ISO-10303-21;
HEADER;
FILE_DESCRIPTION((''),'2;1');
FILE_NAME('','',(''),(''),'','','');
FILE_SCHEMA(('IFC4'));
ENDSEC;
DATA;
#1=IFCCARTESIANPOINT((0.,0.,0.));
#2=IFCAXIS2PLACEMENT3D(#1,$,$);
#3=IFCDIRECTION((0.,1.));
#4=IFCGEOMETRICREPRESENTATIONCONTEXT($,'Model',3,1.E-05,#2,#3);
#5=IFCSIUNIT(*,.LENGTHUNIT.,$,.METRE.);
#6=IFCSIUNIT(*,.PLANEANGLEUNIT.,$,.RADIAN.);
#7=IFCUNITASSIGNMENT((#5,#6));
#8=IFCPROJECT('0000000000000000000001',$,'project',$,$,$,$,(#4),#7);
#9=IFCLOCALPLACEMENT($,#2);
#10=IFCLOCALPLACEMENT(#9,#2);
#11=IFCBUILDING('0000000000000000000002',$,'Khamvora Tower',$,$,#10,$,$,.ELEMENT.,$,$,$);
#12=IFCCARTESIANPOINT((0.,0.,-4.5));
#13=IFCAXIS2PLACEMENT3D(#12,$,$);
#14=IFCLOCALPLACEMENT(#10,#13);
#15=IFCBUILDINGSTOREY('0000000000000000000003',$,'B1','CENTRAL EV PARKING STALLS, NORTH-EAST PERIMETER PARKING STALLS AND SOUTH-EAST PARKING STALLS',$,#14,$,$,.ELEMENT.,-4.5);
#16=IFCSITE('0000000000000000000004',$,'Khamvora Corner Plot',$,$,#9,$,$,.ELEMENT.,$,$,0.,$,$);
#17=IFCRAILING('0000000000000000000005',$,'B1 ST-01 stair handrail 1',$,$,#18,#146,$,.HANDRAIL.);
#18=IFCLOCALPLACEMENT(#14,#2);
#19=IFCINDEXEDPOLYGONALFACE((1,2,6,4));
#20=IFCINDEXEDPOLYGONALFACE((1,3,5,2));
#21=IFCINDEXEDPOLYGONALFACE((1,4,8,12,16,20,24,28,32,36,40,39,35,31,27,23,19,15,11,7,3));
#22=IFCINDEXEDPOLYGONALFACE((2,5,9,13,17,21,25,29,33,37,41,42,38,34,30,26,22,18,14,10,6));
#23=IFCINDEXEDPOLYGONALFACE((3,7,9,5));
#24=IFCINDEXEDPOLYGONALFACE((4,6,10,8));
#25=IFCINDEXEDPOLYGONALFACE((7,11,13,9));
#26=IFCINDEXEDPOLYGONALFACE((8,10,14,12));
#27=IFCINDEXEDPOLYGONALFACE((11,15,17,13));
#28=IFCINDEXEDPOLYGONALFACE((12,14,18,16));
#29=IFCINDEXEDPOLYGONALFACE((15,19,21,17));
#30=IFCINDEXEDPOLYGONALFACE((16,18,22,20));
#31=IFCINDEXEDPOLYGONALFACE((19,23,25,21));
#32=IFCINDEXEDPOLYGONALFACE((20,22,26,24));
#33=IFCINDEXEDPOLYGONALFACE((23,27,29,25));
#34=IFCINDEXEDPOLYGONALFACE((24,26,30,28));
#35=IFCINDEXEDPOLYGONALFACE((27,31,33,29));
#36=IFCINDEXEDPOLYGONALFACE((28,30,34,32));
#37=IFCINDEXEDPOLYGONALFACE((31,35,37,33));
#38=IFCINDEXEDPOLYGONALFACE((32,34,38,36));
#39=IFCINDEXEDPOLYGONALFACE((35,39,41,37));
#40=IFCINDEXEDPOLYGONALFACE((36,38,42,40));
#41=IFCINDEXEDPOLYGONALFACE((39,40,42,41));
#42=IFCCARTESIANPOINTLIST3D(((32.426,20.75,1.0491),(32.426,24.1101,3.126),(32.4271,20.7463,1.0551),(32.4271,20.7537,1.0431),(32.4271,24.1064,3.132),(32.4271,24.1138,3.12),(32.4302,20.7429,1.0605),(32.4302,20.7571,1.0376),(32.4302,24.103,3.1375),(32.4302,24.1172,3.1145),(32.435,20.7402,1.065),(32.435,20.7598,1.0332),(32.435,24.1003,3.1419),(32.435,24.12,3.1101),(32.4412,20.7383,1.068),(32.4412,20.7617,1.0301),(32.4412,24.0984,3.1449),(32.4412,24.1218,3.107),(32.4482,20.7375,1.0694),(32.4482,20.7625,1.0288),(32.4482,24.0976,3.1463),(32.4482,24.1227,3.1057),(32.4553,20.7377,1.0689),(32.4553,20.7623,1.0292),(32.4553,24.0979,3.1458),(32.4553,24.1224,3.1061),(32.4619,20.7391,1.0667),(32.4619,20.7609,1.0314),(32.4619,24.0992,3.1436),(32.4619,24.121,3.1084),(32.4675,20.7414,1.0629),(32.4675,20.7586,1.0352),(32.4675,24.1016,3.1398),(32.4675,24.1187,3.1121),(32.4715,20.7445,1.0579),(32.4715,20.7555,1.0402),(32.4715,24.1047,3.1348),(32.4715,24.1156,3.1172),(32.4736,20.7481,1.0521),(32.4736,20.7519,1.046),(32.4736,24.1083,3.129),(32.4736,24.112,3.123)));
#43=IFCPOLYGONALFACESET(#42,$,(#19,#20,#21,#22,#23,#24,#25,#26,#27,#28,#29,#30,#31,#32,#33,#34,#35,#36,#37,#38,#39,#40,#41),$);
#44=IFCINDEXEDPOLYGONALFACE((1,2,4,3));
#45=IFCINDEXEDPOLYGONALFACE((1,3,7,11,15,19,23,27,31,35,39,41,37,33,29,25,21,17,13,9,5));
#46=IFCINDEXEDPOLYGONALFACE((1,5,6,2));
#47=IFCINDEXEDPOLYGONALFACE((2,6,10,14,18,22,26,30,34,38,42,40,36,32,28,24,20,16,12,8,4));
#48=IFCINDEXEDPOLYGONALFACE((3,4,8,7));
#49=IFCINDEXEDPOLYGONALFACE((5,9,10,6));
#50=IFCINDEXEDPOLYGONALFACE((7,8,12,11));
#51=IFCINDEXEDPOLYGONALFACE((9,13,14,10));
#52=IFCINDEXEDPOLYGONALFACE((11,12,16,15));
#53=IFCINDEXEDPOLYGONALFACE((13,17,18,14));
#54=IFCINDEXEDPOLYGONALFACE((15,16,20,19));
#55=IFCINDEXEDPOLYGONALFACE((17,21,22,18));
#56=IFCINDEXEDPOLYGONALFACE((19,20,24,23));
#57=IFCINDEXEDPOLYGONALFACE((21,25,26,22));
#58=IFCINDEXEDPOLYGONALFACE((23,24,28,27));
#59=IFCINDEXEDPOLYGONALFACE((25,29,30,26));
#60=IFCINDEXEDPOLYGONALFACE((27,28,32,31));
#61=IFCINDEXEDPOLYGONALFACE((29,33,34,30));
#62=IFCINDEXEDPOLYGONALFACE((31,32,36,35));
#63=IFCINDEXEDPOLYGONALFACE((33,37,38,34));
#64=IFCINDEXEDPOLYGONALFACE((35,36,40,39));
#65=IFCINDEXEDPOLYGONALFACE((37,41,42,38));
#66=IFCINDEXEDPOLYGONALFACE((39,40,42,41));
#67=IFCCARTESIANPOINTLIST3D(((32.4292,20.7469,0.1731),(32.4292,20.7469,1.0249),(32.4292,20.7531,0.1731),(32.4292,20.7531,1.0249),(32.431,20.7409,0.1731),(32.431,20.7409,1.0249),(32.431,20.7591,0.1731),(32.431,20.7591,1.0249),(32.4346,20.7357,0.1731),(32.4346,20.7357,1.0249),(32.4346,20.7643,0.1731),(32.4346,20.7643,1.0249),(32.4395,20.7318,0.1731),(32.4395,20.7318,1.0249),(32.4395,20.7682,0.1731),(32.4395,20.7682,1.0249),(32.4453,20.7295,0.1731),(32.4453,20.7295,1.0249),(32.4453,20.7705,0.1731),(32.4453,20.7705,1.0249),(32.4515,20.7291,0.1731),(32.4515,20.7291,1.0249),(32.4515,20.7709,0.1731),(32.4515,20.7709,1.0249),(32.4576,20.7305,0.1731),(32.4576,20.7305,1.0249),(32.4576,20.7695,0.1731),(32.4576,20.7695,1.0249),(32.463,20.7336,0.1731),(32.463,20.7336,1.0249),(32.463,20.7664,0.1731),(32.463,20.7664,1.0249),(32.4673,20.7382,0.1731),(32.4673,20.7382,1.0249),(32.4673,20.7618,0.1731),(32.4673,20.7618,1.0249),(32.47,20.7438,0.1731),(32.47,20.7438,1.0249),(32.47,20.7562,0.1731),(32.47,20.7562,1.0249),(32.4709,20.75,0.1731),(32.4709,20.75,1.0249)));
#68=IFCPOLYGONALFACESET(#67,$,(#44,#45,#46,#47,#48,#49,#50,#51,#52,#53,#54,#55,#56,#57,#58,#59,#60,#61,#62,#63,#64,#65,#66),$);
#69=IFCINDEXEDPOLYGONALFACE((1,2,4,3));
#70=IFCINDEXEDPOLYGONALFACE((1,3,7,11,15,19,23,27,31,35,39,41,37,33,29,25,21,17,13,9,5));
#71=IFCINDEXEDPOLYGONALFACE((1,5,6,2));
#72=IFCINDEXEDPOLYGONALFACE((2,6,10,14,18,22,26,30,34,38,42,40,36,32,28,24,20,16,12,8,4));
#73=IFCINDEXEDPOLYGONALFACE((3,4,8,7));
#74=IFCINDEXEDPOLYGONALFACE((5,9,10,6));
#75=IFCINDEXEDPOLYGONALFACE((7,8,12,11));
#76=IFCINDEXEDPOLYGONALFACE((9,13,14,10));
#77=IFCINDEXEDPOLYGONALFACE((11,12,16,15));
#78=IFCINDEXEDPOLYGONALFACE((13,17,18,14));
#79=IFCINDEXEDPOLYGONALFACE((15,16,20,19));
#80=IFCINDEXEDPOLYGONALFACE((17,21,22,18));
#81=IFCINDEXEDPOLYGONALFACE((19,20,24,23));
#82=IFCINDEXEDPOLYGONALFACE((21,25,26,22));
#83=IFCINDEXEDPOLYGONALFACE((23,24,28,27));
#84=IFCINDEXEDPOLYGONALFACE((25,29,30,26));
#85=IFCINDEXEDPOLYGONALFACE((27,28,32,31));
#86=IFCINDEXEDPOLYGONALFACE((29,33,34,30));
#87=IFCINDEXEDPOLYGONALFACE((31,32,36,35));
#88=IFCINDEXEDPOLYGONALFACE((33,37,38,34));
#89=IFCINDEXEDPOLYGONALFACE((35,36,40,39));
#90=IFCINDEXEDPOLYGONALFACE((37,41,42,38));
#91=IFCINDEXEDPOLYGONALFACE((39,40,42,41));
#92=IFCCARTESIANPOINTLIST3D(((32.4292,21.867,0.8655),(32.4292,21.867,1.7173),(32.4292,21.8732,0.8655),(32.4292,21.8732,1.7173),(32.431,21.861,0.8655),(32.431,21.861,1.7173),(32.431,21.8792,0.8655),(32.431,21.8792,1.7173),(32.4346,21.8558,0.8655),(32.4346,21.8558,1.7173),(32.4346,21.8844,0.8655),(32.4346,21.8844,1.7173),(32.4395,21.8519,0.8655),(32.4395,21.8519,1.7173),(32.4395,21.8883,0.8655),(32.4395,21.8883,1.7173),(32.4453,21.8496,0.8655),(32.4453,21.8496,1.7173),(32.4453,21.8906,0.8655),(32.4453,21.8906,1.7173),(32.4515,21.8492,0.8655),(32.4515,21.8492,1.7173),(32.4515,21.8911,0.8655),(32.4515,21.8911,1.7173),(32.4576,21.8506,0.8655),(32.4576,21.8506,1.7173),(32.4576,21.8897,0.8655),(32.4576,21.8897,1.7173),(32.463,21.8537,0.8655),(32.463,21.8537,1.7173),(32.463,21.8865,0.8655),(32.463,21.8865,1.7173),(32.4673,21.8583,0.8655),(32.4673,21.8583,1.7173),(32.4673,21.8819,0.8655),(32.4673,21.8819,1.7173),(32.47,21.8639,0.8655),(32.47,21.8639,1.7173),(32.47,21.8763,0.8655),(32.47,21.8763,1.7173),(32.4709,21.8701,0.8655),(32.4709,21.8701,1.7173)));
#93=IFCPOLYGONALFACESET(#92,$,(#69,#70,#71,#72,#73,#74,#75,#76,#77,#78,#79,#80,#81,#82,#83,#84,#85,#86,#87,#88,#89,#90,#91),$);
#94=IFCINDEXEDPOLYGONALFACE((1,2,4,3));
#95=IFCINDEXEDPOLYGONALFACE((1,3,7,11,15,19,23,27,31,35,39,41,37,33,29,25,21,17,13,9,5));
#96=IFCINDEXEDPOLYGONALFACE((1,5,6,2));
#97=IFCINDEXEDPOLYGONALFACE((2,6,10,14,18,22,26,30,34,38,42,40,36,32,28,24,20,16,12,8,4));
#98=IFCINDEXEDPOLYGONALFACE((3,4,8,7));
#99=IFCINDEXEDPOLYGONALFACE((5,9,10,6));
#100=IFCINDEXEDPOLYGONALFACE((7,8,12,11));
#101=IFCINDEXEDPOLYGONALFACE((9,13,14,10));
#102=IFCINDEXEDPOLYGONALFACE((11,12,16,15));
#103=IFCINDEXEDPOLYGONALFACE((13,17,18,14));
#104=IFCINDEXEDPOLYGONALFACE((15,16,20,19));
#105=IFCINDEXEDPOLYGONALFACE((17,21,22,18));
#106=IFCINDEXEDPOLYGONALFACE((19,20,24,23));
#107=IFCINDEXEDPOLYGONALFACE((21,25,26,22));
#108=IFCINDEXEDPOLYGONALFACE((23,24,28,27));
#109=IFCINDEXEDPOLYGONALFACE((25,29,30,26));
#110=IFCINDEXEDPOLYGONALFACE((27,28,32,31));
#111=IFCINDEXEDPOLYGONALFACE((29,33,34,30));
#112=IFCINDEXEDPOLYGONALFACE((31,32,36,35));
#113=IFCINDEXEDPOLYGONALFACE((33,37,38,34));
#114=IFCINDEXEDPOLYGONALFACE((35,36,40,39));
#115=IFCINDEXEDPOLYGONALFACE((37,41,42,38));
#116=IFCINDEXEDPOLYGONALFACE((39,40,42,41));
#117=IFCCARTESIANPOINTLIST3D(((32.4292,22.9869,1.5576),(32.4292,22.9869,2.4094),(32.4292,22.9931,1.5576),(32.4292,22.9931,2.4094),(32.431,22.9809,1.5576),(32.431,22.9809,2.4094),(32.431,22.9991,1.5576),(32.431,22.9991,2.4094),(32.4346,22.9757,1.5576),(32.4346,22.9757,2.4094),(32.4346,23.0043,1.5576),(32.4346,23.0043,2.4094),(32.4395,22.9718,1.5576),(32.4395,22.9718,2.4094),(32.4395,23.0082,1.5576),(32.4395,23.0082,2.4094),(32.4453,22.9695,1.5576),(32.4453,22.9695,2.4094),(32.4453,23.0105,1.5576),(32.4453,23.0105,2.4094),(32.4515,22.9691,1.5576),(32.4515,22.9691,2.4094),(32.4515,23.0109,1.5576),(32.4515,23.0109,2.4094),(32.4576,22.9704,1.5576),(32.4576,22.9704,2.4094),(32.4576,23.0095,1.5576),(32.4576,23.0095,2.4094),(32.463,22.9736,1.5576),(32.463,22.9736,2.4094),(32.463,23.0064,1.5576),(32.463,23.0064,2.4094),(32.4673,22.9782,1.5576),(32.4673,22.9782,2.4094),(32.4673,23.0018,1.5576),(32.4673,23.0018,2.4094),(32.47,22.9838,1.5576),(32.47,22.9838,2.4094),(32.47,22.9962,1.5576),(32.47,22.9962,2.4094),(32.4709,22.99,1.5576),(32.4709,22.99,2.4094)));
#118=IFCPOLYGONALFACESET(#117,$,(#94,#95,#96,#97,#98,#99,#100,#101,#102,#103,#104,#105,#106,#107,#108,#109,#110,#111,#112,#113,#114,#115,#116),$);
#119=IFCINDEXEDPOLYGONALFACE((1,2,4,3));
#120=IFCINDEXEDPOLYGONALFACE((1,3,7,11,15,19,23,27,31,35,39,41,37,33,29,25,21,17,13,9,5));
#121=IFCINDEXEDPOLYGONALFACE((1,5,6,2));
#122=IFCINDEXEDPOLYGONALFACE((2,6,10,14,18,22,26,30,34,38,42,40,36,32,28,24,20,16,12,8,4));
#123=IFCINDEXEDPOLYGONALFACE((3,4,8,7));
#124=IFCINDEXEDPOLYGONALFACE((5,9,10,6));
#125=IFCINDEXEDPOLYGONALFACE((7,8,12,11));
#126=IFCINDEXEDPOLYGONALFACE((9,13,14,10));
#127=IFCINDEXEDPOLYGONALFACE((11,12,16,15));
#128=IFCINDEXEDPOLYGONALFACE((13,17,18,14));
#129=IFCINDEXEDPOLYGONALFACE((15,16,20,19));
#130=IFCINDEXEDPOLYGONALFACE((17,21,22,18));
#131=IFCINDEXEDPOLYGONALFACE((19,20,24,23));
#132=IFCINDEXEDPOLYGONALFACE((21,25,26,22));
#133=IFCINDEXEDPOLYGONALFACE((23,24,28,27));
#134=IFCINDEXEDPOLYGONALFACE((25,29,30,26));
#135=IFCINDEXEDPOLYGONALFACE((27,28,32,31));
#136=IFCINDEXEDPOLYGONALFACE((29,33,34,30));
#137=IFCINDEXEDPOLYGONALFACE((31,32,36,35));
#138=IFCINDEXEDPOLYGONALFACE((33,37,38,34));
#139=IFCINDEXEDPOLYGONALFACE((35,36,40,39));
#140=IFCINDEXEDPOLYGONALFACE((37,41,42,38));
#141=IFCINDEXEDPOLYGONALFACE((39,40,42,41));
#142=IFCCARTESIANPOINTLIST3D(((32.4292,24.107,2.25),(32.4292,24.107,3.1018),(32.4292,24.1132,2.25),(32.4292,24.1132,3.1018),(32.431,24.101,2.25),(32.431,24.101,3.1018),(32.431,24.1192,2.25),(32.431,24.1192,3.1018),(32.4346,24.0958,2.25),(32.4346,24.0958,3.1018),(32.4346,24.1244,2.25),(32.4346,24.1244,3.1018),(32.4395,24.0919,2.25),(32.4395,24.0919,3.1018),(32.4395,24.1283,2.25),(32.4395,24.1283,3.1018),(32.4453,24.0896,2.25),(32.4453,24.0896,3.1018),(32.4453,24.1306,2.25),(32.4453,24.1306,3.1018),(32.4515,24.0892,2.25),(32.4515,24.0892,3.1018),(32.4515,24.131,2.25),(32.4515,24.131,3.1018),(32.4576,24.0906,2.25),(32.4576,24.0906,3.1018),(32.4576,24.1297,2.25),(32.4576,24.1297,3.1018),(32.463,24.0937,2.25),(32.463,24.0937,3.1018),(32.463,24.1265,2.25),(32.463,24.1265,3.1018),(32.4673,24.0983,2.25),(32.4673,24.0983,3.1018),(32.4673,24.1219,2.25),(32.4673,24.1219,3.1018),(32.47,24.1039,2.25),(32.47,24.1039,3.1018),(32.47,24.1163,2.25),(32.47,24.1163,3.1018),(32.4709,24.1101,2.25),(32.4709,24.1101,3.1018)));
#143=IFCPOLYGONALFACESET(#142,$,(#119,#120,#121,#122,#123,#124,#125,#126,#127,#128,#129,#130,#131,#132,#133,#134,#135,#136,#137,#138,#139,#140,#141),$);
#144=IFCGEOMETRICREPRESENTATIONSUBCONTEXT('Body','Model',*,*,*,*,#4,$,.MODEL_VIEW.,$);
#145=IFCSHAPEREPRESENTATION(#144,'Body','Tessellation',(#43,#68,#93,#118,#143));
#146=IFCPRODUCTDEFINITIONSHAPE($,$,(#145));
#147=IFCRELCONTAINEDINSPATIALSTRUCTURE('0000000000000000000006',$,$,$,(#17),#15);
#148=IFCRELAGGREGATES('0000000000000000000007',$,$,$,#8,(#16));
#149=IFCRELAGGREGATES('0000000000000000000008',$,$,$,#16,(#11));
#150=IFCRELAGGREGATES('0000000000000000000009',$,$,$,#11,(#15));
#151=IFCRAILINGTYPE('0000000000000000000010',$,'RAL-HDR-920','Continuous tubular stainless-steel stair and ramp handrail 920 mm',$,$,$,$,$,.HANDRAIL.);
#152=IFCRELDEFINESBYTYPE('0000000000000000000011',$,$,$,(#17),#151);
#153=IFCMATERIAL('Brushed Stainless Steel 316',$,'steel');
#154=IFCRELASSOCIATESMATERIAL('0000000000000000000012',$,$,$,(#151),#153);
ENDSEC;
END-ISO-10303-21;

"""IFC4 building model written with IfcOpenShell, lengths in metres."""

from ifc_helpers import new_model, si_unit, direction, frame, origin, origin_2d, place, context, subcontext, project, spatial, circle, extrude, material, type_object, element, save


model = new_model("IFC4")

# Units and contexts
model_context = context("Model", 3, precision=1e-05, world=origin(), true_north=direction((0.0, 1.0)))
body_context = subcontext(model_context, "Body", "Model", "MODEL_VIEW")
ifc_project = project(units=[si_unit("LENGTHUNIT", "METRE"), si_unit("PLANEANGLEUNIT", "RADIAN")], contexts=[model_context])

# Site, building, storey
site_placement = place(None, origin())
site = spatial("IfcSite", under=ifc_project, at=site_placement, Name="Khamvora Corner Plot", CompositionType="ELEMENT", RefElevation=0.0)
building_placement = place(site_placement, origin())
building = spatial("IfcBuilding", under=site, at=building_placement, Name="Khamvora Tower", CompositionType="ELEMENT")
storey_placement = place(building_placement, frame((0.0, 0.0, -4.5)))
storey = spatial("IfcBuildingStorey", under=building, at=storey_placement, Name="B1", Description="CENTRAL EV PARKING STALLS, NORTH-EAST PERIMETER PARKING STALLS AND SOUTH-EAST PARKING STALLS", CompositionType="ELEMENT", Elevation=-4.5)

# Railing
ifc_material_1 = material(Name="Brushed Stainless Steel 316", Category="steel")
railing_type_1 = type_object("IfcRailingType", Name="RAL-HDR-920", Description="Continuous tubular stainless-steel stair and ramp handrail 920 mm", PredefinedType="HANDRAIL", material=ifc_material_1)
railing_1_placement = place(storey_placement, frame((32.45, 20.75, 0.1731)))
element("IfcRailing", 1, at=railing_1_placement, inside=storey, type_object=railing_type_1, Name="B1 ST-01 stair handrail 1", PredefinedType="HANDRAIL", context=body_context, shape_type="SweptSolid", body=[
    extrude(circle(Radius=0.0239, at=origin_2d()), frame((0.0, 0.0, 0.876), z_axis=(0.0, 0.850623, 0.525776), x_axis=(-1.0, 0.0, 0.0)), (0.0, 0.0, 1.0), 3.9502),
    extrude(circle(Radius=0.021, at=origin_2d()), origin(), (0.0, 0.0, 1.0), 0.8518),
    extrude(circle(Radius=0.021, at=origin_2d()), frame((0.0, 1.1201, 0.6924)), (0.0, 0.0, 1.0), 0.8518),
    extrude(circle(Radius=0.021, at=origin_2d()), frame((0.0, 2.24, 1.3845)), (0.0, 0.0, 1.0), 0.8518),
    extrude(circle(Radius=0.021, at=origin_2d()), frame((0.0, 3.3601, 2.0769)), (0.0, 0.0, 1.0), 0.8518),
])

save(model, "model.ifc")
